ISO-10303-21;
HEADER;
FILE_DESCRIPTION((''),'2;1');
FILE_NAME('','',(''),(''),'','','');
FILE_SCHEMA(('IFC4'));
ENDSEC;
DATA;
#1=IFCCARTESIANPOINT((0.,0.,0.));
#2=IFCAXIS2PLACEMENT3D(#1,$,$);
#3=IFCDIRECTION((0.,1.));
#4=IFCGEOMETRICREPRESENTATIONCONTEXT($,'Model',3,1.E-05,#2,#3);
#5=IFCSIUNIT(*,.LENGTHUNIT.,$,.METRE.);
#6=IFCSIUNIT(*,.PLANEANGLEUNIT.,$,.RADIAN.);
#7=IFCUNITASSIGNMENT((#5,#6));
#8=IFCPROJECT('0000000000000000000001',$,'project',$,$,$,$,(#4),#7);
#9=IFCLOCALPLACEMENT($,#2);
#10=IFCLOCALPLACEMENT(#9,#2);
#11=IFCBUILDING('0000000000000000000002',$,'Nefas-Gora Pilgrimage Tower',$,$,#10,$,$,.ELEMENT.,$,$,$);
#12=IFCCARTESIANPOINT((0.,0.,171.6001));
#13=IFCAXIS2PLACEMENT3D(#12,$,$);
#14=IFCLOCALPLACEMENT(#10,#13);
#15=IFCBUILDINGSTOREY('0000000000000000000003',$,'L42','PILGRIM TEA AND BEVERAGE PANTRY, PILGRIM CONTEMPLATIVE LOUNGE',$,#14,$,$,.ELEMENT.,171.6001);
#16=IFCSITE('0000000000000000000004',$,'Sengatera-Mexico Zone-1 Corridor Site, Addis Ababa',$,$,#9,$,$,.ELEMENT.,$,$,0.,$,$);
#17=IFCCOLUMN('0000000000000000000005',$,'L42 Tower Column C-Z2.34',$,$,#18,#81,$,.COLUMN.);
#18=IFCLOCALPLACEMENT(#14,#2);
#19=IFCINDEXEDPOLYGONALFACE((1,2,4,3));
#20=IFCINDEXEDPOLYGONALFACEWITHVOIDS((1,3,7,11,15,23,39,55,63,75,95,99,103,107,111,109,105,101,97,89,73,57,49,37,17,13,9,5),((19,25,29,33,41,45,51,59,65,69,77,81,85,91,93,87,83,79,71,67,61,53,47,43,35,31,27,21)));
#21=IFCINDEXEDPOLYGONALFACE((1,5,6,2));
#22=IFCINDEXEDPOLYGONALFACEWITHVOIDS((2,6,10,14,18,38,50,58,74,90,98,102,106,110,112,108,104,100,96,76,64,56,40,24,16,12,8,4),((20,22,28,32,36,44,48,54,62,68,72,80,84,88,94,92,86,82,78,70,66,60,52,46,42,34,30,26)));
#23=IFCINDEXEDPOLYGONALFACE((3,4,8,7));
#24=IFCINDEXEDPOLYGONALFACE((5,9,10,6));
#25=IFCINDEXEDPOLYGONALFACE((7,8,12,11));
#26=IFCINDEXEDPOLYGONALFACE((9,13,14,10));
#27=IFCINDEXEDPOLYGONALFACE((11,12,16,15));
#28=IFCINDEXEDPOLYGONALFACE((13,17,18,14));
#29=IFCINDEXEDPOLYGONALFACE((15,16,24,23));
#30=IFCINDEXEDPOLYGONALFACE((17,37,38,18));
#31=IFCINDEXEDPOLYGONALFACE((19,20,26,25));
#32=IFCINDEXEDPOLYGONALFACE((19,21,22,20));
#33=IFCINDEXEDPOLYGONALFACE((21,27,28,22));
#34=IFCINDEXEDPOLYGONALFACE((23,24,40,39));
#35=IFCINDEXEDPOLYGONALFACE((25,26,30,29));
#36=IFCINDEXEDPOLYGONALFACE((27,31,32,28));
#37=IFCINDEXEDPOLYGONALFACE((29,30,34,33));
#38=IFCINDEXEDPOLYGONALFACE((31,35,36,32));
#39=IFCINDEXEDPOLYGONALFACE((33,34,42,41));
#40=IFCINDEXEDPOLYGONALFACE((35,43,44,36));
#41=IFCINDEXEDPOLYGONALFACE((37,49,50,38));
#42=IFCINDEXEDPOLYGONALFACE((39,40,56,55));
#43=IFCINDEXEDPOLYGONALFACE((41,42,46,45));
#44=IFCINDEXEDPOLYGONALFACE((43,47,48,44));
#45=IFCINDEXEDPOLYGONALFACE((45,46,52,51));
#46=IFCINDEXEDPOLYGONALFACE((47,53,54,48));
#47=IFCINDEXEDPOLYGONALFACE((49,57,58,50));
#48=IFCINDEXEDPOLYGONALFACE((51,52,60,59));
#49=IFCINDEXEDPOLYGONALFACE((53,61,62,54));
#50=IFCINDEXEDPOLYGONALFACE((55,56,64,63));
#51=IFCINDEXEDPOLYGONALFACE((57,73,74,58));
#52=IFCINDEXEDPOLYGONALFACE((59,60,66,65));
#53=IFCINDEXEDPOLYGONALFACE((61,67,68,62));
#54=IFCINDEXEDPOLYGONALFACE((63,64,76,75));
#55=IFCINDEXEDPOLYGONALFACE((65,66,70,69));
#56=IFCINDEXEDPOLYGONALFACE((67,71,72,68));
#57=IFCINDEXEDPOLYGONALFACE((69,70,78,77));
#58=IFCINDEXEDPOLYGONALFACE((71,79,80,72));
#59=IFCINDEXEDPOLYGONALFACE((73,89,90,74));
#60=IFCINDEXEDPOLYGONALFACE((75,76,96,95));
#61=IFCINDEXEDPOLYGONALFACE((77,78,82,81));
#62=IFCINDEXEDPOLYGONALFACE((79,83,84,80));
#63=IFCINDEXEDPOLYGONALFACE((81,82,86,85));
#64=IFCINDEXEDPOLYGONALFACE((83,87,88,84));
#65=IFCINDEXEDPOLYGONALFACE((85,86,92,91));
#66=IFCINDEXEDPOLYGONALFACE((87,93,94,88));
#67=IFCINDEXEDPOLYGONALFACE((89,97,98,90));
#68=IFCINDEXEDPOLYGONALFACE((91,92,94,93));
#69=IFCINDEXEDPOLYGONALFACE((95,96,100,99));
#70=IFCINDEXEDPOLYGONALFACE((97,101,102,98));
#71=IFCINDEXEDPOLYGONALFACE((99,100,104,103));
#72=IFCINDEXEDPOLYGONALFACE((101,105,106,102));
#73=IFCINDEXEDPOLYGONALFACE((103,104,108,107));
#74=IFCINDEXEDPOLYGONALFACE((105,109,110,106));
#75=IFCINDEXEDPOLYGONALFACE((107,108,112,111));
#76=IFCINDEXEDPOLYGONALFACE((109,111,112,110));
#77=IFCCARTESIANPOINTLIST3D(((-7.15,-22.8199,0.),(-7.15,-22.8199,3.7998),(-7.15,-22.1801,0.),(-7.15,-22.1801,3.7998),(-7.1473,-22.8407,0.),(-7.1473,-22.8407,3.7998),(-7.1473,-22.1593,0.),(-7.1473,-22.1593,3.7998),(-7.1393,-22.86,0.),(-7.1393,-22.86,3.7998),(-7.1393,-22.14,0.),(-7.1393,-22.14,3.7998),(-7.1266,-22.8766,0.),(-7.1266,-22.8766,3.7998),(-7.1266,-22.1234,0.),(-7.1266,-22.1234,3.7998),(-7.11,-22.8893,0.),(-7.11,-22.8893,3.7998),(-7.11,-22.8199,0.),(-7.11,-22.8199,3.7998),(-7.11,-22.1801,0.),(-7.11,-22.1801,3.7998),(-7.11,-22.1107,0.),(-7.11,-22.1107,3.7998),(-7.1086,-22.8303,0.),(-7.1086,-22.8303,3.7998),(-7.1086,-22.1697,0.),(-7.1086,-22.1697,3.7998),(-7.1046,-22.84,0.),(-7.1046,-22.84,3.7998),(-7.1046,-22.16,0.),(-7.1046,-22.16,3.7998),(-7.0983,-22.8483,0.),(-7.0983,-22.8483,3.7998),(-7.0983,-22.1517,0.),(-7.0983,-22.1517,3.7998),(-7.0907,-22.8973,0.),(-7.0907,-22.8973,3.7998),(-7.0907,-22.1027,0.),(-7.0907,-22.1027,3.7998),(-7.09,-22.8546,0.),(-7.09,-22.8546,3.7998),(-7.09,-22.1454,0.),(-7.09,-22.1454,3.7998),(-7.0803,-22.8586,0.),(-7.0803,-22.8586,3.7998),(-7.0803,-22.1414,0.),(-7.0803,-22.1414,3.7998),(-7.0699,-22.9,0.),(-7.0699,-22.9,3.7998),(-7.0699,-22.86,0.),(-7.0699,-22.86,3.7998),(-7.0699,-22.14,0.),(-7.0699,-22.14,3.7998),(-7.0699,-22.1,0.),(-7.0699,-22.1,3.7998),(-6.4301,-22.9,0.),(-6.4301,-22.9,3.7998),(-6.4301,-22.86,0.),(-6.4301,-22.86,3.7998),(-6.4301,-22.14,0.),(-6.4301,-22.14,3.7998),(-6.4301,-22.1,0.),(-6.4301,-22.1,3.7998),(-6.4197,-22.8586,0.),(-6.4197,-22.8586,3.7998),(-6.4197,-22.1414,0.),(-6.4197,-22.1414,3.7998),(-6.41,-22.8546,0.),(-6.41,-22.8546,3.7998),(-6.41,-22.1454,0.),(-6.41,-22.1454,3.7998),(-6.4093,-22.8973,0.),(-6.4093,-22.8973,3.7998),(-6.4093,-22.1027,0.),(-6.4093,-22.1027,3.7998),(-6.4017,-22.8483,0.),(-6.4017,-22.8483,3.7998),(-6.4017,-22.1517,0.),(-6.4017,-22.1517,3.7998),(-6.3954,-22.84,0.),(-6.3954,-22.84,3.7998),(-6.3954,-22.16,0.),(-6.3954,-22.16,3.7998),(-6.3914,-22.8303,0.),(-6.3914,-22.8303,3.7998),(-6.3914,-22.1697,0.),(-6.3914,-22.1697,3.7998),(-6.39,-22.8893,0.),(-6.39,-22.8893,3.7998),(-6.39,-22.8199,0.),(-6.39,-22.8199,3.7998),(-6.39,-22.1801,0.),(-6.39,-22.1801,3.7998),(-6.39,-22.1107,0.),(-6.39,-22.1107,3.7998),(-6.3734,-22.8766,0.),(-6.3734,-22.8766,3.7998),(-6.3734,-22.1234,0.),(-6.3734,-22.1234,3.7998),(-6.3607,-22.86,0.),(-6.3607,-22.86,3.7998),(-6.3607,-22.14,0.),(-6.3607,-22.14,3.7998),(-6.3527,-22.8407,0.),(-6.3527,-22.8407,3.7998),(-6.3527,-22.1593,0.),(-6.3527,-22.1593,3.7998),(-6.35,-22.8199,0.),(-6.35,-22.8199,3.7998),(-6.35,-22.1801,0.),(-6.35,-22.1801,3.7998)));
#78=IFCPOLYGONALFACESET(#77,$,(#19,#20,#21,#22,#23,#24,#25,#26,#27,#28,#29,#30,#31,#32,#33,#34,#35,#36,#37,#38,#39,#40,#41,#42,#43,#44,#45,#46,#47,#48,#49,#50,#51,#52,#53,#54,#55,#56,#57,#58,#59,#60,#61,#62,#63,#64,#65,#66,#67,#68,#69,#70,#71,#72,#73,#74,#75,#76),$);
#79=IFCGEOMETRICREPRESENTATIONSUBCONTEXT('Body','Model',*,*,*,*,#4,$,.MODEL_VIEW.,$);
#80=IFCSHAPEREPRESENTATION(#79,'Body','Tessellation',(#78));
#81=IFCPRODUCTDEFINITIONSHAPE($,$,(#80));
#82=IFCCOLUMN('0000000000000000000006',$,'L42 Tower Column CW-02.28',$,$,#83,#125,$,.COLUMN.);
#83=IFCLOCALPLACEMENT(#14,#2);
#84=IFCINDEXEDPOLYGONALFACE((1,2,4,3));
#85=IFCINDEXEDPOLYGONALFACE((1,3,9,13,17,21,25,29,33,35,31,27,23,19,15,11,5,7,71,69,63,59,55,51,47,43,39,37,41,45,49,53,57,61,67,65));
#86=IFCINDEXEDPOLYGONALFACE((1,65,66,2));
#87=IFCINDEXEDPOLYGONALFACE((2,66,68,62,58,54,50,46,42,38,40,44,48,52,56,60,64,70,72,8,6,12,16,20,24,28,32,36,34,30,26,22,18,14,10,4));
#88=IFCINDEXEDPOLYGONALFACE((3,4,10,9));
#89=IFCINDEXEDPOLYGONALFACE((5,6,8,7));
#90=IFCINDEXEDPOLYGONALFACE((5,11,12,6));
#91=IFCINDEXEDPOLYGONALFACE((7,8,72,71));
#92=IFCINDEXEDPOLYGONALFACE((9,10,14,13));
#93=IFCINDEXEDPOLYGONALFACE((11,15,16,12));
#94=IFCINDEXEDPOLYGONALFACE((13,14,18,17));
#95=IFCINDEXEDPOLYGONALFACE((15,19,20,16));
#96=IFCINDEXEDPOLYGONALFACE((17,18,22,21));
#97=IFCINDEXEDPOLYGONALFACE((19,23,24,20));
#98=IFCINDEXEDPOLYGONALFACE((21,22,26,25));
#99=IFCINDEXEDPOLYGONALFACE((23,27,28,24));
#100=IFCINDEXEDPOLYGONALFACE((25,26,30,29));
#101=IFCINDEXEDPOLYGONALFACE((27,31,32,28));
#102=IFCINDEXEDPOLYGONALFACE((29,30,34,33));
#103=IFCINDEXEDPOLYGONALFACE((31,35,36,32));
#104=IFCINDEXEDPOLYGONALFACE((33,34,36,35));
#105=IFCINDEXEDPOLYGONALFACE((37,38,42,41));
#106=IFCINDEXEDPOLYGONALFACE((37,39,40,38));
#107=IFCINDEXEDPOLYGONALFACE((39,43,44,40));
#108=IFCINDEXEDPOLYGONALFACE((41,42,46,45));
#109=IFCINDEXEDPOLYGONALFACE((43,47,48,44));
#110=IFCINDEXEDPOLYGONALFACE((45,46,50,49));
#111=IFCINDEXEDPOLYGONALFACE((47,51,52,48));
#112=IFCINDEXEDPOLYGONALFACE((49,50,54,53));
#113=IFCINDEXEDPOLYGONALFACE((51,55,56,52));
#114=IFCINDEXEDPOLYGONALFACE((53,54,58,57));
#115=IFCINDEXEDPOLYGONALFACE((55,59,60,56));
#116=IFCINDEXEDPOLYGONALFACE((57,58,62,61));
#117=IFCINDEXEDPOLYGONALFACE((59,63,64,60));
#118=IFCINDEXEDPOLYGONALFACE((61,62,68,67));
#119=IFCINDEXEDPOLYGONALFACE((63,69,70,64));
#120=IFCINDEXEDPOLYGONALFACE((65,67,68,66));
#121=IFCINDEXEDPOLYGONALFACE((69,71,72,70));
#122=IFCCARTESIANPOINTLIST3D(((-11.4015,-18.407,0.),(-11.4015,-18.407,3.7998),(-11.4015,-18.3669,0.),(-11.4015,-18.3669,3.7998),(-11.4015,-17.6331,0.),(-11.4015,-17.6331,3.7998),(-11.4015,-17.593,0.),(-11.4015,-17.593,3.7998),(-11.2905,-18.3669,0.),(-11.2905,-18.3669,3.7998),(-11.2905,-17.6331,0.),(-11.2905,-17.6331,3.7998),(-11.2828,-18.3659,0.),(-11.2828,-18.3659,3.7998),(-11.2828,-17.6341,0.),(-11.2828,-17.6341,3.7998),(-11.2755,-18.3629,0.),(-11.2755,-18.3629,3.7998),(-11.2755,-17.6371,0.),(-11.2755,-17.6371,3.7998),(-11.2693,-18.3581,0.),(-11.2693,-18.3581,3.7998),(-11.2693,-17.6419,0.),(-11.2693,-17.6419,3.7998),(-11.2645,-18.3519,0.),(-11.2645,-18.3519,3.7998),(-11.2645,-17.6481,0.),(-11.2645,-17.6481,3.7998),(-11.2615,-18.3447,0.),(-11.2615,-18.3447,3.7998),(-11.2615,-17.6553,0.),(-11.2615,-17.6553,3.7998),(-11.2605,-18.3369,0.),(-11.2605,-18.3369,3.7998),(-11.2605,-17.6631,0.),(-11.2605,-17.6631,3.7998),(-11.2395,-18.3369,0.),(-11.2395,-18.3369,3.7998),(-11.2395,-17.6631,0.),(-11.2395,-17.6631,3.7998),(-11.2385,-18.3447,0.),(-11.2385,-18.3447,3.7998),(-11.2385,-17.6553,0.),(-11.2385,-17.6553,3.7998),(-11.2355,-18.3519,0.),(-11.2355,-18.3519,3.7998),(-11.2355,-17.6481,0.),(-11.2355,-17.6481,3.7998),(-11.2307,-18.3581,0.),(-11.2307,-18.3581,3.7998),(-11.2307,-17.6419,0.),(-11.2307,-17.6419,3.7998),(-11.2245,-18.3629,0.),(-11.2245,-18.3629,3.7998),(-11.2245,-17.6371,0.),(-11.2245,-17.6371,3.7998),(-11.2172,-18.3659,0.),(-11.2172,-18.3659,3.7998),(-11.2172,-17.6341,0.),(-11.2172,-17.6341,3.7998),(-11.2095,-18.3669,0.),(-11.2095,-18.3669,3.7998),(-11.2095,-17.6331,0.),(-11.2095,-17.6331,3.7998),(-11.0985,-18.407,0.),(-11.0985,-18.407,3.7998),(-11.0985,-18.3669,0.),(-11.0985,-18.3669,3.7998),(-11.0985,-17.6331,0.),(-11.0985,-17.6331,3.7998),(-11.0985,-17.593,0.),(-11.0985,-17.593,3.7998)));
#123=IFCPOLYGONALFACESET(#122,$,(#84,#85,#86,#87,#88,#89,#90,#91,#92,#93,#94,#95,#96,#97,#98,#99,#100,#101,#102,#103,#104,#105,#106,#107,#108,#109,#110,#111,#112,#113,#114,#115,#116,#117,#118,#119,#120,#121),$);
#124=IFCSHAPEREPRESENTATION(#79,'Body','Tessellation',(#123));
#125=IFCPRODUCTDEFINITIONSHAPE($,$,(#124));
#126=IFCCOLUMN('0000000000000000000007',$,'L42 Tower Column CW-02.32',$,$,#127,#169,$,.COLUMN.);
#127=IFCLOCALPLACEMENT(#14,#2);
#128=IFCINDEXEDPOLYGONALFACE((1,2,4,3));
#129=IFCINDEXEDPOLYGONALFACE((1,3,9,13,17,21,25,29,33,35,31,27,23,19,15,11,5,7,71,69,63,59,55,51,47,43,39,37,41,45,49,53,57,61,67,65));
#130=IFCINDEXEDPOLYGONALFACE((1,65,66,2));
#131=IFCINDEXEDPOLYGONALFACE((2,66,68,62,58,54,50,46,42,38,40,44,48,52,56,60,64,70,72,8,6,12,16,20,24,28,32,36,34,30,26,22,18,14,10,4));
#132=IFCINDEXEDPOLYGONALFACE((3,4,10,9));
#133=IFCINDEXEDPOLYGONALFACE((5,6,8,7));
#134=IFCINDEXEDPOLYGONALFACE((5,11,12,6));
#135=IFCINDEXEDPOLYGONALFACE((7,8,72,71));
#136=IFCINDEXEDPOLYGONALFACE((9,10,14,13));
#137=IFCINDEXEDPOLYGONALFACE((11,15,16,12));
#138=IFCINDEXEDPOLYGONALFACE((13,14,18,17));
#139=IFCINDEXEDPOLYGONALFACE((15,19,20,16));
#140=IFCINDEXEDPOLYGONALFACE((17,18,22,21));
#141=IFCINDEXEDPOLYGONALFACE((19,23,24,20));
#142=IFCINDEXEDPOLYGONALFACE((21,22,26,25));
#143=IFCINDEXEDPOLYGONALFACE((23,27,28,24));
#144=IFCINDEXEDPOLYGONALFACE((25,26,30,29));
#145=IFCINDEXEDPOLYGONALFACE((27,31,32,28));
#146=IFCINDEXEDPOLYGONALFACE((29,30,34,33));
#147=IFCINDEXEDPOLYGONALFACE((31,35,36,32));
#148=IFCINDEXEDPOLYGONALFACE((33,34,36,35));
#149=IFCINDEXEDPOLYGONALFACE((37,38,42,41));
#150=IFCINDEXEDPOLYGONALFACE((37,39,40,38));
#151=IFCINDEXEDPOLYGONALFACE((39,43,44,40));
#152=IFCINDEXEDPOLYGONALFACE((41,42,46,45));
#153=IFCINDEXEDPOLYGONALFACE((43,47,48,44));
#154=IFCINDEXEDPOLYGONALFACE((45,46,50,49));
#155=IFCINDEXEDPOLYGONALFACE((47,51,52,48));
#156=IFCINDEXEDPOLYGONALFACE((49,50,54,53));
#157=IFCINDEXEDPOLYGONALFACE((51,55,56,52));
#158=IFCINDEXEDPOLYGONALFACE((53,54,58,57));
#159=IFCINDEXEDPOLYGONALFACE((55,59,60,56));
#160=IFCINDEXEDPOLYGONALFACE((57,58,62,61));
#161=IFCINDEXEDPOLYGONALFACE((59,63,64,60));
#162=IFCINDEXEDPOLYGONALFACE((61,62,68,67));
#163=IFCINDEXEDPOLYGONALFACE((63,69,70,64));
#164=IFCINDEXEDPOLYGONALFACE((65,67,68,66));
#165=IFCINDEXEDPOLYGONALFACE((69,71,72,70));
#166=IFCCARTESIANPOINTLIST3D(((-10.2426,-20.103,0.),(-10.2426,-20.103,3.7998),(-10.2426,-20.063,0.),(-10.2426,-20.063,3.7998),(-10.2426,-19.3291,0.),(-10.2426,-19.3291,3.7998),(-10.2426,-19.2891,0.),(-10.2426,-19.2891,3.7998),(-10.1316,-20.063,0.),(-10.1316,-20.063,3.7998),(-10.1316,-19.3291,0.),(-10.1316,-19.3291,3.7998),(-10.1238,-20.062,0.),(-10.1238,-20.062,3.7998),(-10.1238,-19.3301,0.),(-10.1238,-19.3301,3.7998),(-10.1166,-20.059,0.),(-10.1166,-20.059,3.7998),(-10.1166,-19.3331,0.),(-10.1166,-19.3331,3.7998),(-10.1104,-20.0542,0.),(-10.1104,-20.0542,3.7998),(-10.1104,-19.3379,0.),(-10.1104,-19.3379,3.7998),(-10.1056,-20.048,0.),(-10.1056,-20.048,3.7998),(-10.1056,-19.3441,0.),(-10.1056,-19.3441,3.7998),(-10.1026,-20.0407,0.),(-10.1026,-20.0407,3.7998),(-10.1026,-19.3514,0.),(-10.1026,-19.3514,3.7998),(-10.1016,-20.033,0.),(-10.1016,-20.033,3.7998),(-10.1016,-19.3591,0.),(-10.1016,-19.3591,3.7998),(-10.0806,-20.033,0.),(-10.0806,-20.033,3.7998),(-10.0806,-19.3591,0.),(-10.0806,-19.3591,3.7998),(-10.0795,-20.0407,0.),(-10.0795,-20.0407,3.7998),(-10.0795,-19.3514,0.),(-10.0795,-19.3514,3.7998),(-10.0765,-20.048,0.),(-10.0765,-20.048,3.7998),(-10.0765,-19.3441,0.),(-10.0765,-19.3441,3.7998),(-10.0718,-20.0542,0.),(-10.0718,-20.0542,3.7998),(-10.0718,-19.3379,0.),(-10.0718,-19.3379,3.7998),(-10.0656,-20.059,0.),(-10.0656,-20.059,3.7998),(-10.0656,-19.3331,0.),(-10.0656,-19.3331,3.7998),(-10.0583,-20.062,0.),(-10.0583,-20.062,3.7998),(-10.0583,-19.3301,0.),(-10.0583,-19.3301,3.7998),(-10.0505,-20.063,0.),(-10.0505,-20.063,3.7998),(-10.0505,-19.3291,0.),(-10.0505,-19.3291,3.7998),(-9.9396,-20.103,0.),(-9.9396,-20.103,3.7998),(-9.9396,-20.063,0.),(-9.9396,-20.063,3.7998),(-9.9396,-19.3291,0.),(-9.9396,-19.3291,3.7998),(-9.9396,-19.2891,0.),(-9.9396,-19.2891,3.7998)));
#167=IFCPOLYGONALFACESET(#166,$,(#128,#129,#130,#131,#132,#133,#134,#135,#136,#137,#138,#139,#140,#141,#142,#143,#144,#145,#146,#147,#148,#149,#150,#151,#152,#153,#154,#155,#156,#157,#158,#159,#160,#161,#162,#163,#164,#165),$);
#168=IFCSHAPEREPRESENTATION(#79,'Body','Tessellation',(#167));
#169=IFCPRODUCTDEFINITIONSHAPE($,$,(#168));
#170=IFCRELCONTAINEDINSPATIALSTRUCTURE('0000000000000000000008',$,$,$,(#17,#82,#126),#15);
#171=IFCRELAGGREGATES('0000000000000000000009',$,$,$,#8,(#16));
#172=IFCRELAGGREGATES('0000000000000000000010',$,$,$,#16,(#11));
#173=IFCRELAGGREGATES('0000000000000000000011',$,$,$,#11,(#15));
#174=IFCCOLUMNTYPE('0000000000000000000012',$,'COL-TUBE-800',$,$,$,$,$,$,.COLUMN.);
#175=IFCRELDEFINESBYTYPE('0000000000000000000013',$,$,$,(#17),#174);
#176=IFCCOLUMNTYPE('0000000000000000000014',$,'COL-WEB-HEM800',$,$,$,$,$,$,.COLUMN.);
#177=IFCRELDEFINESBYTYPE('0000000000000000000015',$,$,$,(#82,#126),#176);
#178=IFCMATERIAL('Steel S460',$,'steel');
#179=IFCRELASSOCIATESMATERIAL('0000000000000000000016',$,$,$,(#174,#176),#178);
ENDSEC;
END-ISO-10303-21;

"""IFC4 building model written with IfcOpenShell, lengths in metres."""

from ifc_helpers import new_model, si_unit, direction, frame, origin, origin_2d, place, context, subcontext, project, spatial, hollow_rectangle, i_section, extrude, source, transform, mapped, material, material_profile, profile_set, type_object, element, save


model = new_model("IFC4")

# Units and contexts
model_context = context("Model", 3, precision=1e-05, world=origin(), true_north=direction((0.0, 1.0)))
body_context = subcontext(model_context, "Body", "Model", "MODEL_VIEW")
ifc_project = project(units=[si_unit("LENGTHUNIT", "METRE"), si_unit("PLANEANGLEUNIT", "RADIAN")], contexts=[model_context])

# Site, building, storey
site_placement = place(None, origin())
site = spatial("IfcSite", under=ifc_project, at=site_placement, Name="Sengatera-Mexico Zone-1 Corridor Site, Addis Ababa", CompositionType="ELEMENT", RefElevation=0.0)
building_placement = place(site_placement, origin())
building = spatial("IfcBuilding", under=site, at=building_placement, Name="Nefas-Gora Pilgrimage Tower", CompositionType="ELEMENT")
storey_placement = place(building_placement, frame((0.0, 0.0, 171.6001)))
storey = spatial("IfcBuildingStorey", under=building, at=storey_placement, Name="L42", Description="PILGRIM TEA AND BEVERAGE PANTRY, PILGRIM CONTEMPLATIVE LOUNGE", CompositionType="ELEMENT", Elevation=171.6001)

# Columns
ifc_material_1 = material(Name="Steel S460", Category="steel")
ifc_material_profile_1 = material_profile(ifc_material_1, hollow_rectangle(XDim=0.8, YDim=0.8, WallThickness=0.04, InnerFilletRadius=0.04, OuterFilletRadius=0.0801, at=origin_2d()), Name="BOX 800x800x40")
ifc_profile_set_1 = profile_set([ifc_material_profile_1], Name="Steel S460")
column_type_1 = type_object("IfcColumnType", Name="COL-TUBE-800", PredefinedType="COLUMN", material=ifc_profile_set_1)
shared_shape_1 = source(origin(), body_context, "Body", "SweptSolid", [
    extrude(hollow_rectangle(XDim=0.8, YDim=0.8, WallThickness=0.04, InnerFilletRadius=0.04, OuterFilletRadius=0.0801, at=origin_2d()), origin(), (0.0, 0.0, 1.0), 3.7998),
])
column_placement = place(storey_placement, frame((-6.75, -22.5, 0.0), z_axis=(0.0, 0.0, 1.0), x_axis=(1.0, 0.0, 0.0)))
element("IfcColumn", 1, at=column_placement, inside=storey, type_object=column_type_1, Name="L42 Tower Column C-Z2.34", PredefinedType="COLUMN", context=body_context, shape_type="MappedRepresentation", body=[
    mapped(shared_shape_1, transform((0.0, 0.0, 0.0), x_axis=(1.0, 0.0, 0.0), y_axis=(0.0, 1.0, 0.0), z_axis=(0.0, 0.0, 1.0), scale=1.0)),
])
ifc_material_profile_2 = material_profile(ifc_material_1, i_section(OverallWidth=0.303, OverallDepth=0.814, WebThickness=0.021, FlangeThickness=0.04, FilletRadius=0.03, at=origin_2d()), Name="HEM 800")
ifc_profile_set_2 = profile_set([ifc_material_profile_2], Name="Steel S460")
column_type_2 = type_object("IfcColumnType", Name="COL-WEB-HEM800", PredefinedType="COLUMN", material=ifc_profile_set_2)
shared_shape_2 = source(origin(), body_context, "Body", "SweptSolid", [
    extrude(i_section(OverallWidth=0.303, OverallDepth=0.814, WebThickness=0.021, FlangeThickness=0.04, FilletRadius=0.03, at=origin_2d()), origin(), (0.0, 0.0, 1.0), 3.7998),
])
for number, where, z_axis, x_axis, name in (
    (2, (-11.25, -18.0, 0.0), (0.0, 0.0, 1.0), (1.0, 0.0, 0.0), "L42 Tower Column CW-02.28"),
    (3, (-10.0911, -19.696, 0.0), (0.0, 0.0, 1.0), (1.0, 0.0, 0.0), "L42 Tower Column CW-02.32"),
):
    element("IfcColumn", number, at=place(storey_placement, frame(where, z_axis=z_axis, x_axis=x_axis)), inside=storey, type_object=column_type_2, Name=name, PredefinedType="COLUMN", context=body_context, shape_type="MappedRepresentation", body=[
        mapped(shared_shape_2, transform((0.0, 0.0, 0.0), x_axis=(1.0, 0.0, 0.0), y_axis=(0.0, 1.0, 0.0), z_axis=(0.0, 0.0, 1.0), scale=1.0)),
    ])

save(model, "model.ifc")
